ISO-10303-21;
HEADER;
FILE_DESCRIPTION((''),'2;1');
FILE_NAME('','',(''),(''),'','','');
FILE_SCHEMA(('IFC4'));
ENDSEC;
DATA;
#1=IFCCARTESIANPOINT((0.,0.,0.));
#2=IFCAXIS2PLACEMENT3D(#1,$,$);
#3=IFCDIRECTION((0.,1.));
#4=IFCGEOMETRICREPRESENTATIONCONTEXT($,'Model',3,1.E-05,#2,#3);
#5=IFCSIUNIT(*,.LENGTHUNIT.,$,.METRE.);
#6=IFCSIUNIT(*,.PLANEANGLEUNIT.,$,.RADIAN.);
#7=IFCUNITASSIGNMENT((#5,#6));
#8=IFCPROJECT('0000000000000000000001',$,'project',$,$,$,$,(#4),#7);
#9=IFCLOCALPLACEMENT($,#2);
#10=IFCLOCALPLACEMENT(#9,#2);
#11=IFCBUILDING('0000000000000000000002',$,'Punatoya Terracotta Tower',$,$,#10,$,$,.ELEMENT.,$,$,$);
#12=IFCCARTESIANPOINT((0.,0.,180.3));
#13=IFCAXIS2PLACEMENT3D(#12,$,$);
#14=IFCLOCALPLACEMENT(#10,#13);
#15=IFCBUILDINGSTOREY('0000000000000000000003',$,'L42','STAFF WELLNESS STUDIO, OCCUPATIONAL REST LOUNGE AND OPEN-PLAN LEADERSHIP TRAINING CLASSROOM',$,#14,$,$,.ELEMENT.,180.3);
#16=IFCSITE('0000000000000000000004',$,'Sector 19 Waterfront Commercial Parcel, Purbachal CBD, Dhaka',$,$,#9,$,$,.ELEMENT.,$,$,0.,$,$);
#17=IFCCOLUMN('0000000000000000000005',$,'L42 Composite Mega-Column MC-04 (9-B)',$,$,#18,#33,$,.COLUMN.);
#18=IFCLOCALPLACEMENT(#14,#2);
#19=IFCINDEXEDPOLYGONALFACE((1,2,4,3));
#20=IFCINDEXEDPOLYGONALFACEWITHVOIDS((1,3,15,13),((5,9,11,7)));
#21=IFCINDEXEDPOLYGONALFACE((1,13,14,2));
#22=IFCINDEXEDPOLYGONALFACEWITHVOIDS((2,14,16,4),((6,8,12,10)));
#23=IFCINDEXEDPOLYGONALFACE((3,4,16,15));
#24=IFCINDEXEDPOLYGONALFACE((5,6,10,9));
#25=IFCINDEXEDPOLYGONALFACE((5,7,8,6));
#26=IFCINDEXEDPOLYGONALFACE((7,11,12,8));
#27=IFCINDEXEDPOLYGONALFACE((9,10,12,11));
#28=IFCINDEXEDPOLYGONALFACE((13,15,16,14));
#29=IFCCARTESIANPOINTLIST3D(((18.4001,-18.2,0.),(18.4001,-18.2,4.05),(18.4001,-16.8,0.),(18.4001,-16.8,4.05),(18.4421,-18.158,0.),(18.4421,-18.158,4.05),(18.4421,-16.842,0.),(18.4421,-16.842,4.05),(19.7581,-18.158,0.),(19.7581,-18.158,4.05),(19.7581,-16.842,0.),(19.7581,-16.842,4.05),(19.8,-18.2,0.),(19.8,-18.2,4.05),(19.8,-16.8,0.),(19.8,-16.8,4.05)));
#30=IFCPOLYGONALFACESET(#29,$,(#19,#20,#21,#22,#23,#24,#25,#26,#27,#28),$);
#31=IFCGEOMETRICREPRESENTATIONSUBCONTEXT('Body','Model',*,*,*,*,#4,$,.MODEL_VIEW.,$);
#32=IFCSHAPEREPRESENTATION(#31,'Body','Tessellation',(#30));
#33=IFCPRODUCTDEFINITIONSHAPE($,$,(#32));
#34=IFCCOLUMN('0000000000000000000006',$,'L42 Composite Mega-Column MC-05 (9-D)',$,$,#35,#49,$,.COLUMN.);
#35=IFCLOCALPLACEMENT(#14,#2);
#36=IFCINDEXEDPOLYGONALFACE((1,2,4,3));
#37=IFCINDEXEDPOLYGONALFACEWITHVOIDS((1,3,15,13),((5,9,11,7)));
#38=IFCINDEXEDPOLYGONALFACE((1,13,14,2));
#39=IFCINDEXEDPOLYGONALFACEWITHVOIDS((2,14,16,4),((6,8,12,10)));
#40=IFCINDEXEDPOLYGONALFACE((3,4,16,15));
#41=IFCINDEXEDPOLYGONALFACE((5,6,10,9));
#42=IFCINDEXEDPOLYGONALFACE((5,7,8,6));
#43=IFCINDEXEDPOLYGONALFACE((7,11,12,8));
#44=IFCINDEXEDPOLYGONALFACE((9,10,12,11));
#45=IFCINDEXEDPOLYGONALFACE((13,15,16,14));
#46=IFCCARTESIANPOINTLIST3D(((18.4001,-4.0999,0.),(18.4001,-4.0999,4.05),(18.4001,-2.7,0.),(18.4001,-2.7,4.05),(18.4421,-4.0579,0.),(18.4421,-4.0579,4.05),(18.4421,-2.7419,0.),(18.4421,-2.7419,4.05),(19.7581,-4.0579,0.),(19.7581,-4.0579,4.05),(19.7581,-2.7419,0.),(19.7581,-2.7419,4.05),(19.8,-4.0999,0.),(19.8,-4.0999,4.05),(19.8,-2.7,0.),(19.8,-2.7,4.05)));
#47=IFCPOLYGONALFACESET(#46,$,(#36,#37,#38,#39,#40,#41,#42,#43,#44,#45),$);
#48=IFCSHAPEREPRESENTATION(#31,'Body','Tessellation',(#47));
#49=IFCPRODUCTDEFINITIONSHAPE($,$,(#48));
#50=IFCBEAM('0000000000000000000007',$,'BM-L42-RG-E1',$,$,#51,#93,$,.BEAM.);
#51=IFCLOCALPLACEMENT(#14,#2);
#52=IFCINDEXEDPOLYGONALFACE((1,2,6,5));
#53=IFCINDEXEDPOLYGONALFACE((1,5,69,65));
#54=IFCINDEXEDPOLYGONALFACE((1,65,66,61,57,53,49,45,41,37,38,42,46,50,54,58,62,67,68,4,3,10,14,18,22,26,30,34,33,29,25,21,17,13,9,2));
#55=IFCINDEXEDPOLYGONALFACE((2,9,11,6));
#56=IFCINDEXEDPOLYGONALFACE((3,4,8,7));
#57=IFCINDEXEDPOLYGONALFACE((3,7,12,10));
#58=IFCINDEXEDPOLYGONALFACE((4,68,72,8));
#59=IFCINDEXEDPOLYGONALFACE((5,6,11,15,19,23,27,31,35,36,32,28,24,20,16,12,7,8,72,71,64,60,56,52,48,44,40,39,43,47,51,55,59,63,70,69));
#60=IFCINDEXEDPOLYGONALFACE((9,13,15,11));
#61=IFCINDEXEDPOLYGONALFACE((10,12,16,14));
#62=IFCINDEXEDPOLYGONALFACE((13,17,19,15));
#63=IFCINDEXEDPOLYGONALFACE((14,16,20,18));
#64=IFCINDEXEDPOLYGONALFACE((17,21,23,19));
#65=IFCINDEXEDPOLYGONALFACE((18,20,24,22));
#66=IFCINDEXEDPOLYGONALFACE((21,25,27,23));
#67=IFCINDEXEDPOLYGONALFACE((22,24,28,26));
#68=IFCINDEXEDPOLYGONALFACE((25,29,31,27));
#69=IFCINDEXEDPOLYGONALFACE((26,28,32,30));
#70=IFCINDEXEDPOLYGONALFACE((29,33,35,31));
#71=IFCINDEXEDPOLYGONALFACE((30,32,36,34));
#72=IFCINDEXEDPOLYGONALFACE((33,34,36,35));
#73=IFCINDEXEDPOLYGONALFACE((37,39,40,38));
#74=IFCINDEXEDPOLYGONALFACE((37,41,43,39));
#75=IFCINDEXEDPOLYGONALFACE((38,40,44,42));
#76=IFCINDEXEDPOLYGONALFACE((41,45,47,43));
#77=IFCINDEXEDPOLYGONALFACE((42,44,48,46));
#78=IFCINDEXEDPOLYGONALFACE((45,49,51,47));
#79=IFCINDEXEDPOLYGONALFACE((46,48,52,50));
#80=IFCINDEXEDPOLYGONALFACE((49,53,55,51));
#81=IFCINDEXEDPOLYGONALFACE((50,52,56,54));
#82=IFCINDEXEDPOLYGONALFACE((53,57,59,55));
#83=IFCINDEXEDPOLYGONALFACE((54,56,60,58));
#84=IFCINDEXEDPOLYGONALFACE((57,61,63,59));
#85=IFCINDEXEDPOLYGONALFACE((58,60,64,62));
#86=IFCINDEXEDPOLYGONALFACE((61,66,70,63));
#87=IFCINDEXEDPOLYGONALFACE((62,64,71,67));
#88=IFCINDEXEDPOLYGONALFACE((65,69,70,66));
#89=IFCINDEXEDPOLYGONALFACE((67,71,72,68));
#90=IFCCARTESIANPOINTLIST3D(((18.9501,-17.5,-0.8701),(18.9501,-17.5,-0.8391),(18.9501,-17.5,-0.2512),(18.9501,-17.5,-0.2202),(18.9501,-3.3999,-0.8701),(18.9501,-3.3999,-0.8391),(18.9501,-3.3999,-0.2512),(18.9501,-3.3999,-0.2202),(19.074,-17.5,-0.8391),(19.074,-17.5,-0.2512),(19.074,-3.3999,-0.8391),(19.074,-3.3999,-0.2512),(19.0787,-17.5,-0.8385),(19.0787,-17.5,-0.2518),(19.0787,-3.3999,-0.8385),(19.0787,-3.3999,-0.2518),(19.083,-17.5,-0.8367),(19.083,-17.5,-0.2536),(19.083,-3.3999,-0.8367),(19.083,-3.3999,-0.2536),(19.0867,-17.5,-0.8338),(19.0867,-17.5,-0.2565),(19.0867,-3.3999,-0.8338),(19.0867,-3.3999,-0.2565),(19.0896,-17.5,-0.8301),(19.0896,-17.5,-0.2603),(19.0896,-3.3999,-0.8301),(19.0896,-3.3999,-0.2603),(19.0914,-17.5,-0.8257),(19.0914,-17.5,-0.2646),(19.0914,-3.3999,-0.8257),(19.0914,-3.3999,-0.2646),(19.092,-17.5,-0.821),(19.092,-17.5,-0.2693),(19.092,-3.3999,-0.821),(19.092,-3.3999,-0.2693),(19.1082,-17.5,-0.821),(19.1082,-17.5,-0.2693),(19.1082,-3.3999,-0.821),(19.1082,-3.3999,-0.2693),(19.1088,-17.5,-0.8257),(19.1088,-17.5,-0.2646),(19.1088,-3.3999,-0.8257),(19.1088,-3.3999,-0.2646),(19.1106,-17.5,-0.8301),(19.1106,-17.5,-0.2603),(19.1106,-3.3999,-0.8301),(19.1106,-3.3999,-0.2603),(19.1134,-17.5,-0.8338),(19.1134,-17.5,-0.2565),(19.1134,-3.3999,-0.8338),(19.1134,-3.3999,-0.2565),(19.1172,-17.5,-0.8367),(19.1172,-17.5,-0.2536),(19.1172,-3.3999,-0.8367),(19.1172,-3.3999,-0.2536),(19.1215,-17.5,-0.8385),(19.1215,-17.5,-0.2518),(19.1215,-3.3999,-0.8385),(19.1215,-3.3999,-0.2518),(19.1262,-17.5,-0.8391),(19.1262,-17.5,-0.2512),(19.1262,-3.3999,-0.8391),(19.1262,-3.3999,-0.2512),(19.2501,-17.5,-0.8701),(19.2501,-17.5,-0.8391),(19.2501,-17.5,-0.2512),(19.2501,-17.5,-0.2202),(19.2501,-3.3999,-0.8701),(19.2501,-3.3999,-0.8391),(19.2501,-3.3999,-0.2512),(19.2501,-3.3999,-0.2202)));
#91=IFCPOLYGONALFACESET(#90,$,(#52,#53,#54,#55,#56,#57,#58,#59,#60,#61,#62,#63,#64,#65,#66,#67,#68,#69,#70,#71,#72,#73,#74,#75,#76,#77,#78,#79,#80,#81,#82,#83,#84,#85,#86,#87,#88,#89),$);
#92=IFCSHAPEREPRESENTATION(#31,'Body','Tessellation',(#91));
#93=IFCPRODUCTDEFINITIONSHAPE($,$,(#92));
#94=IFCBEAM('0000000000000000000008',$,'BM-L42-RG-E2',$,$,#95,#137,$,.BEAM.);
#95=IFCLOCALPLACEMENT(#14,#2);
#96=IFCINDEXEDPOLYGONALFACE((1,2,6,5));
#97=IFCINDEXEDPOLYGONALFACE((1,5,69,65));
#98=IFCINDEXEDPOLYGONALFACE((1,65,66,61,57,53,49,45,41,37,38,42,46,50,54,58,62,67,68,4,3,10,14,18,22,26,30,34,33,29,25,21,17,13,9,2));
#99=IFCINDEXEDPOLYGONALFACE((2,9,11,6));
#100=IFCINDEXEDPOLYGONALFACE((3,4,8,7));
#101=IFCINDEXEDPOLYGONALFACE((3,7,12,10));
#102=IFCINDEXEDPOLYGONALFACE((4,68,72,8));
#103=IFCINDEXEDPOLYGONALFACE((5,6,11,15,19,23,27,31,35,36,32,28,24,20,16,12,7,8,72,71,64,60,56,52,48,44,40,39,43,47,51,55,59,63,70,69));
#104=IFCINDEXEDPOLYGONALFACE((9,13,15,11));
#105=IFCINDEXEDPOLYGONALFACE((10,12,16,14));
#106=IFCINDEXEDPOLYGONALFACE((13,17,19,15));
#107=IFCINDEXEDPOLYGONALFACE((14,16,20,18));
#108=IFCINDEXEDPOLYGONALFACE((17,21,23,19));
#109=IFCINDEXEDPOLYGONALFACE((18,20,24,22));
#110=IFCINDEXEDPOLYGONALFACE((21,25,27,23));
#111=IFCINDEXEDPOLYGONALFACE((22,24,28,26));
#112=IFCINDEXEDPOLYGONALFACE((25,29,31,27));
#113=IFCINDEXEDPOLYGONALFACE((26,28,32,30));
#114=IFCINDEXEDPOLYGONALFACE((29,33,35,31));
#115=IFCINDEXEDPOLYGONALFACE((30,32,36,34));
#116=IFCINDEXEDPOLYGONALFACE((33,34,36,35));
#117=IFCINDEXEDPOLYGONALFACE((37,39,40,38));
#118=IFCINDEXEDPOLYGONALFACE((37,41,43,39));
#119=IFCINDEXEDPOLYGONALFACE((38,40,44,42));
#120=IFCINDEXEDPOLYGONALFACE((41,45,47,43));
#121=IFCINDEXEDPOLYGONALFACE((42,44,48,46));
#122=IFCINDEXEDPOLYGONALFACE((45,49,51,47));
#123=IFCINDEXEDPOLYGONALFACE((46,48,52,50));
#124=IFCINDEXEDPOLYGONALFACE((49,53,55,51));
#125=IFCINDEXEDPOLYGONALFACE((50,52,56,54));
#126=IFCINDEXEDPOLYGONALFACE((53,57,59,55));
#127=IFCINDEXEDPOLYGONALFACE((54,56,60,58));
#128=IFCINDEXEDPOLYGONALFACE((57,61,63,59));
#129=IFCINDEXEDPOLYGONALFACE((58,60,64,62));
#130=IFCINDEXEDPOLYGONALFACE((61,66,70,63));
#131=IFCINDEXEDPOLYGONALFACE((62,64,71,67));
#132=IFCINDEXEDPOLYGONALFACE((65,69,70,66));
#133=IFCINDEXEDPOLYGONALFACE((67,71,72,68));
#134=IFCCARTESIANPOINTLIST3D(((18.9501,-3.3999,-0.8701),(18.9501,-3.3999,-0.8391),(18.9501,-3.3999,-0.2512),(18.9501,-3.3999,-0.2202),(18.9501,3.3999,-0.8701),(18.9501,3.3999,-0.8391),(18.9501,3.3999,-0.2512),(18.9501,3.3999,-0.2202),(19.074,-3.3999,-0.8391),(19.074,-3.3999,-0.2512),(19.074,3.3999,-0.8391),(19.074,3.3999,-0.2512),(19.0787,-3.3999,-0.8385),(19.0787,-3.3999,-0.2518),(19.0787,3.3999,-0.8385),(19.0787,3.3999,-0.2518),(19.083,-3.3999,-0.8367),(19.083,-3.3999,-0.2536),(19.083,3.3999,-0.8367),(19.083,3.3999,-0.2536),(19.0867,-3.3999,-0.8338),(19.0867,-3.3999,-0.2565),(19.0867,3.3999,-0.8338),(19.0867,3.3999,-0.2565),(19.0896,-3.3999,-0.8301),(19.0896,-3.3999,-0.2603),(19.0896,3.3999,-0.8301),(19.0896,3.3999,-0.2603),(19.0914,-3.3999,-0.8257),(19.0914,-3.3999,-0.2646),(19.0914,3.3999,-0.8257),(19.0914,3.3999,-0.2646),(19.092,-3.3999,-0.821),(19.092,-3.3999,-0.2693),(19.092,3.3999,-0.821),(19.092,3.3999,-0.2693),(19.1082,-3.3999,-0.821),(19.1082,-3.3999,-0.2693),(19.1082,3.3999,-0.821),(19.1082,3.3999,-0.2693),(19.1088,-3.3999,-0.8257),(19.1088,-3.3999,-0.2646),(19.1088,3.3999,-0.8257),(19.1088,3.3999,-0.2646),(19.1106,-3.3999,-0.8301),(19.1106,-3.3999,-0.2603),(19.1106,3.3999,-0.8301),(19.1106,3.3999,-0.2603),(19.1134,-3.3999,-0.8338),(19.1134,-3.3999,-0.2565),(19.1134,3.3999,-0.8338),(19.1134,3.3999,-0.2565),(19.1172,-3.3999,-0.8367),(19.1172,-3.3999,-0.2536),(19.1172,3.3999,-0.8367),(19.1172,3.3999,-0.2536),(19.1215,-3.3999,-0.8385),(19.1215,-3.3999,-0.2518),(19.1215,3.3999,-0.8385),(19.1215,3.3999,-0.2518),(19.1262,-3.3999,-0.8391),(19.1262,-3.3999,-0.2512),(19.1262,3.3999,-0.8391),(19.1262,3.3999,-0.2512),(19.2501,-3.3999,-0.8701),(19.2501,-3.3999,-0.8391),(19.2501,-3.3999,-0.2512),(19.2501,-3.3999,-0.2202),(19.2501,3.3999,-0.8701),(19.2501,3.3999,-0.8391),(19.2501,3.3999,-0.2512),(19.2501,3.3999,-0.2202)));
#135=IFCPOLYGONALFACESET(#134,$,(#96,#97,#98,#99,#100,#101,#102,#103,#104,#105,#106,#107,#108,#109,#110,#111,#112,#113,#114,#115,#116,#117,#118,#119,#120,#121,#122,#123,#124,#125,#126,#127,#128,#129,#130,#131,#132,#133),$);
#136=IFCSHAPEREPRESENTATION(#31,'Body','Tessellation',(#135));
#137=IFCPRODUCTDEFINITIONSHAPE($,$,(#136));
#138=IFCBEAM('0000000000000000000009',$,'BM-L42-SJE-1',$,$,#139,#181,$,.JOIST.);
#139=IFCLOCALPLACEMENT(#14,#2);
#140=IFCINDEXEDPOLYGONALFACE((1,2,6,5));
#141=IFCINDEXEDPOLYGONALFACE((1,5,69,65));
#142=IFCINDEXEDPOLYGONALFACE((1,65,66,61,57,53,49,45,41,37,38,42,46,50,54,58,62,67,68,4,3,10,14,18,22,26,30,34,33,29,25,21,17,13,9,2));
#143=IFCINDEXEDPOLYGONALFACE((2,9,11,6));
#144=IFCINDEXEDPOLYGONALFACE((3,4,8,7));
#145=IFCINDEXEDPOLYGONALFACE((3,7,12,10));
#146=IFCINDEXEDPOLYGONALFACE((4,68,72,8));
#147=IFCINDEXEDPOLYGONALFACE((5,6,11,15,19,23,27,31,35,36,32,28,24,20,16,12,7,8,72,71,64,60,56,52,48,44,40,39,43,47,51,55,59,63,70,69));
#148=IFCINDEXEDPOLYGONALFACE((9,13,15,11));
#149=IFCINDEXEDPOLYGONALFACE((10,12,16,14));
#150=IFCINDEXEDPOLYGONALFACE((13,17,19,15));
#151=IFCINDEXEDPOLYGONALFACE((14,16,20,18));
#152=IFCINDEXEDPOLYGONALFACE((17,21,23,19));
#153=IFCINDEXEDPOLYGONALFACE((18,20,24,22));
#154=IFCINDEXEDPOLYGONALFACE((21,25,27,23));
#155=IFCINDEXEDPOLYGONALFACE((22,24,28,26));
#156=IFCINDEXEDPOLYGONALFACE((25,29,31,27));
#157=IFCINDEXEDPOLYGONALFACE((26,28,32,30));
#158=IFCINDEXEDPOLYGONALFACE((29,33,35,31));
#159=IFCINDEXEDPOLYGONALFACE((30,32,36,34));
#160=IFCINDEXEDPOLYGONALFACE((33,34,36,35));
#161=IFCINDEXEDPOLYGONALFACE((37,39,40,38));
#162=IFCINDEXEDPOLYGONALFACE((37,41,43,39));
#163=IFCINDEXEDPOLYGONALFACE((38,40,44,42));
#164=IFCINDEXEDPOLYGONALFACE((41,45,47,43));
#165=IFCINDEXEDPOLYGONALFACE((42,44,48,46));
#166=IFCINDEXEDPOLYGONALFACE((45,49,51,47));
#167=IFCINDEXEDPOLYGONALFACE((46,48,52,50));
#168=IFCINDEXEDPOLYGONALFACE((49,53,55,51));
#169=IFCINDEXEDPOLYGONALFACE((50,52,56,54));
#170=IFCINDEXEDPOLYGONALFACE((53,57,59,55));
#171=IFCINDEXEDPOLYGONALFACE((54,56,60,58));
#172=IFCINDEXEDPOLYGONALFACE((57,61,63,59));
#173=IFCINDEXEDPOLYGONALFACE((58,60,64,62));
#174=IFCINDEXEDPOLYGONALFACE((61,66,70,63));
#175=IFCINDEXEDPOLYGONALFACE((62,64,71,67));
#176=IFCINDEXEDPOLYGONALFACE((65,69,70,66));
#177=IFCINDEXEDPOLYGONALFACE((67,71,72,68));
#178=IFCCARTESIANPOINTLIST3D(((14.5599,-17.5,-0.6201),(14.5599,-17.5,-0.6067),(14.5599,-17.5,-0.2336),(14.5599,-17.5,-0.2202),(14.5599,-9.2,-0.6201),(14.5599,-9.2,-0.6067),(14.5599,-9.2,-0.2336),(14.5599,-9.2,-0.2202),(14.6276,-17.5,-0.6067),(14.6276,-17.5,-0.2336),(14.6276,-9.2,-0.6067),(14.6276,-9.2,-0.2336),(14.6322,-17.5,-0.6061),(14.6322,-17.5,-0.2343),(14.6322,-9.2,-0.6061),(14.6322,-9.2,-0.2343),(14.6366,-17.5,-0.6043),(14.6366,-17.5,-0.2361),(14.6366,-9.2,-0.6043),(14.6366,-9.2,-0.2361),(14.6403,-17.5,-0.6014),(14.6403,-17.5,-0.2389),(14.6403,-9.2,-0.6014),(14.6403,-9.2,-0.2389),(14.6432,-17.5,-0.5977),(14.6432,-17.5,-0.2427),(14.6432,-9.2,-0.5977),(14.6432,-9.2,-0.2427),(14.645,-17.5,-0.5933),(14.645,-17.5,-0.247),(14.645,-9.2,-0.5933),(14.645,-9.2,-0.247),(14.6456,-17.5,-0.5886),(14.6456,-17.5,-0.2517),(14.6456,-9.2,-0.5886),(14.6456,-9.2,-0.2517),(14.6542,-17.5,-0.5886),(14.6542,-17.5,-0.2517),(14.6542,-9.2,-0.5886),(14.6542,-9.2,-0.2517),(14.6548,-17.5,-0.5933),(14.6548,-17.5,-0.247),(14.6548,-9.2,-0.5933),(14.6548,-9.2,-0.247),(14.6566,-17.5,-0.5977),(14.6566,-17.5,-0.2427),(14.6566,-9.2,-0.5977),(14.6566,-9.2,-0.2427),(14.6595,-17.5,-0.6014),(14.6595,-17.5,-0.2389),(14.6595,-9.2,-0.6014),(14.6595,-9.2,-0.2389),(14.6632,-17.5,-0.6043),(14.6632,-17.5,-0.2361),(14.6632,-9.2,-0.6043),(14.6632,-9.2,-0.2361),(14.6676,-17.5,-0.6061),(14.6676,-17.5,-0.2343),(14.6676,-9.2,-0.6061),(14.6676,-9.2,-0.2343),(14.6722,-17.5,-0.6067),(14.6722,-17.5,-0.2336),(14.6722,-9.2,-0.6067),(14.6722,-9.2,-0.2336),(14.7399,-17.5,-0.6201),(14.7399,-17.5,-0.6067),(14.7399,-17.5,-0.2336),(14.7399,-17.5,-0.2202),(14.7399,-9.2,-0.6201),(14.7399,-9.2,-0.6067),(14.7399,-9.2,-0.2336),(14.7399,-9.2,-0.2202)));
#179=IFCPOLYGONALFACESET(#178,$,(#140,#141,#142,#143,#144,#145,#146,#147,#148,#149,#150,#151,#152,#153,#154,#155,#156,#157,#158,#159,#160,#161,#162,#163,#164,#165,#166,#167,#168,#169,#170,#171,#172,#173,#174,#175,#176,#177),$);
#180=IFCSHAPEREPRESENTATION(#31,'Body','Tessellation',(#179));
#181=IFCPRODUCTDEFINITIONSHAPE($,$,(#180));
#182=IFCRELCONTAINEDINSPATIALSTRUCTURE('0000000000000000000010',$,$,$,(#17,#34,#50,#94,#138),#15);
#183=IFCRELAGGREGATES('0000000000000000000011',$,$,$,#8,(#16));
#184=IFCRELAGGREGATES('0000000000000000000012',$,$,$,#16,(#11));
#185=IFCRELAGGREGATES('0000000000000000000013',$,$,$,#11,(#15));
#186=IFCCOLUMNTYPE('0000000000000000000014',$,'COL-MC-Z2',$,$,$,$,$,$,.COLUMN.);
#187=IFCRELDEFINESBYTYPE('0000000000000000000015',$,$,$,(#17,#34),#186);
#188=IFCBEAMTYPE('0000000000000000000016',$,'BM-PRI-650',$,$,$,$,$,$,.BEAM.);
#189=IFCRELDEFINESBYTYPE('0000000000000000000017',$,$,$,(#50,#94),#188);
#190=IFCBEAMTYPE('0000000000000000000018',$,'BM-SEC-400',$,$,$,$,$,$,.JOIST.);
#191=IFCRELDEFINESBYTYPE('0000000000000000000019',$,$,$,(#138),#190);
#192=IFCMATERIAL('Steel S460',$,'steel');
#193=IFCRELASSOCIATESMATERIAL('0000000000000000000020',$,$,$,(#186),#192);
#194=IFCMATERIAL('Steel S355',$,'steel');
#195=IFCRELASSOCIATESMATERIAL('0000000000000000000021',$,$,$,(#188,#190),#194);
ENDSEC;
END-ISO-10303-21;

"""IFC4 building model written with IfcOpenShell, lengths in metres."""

from ifc_helpers import new_model, si_unit, direction, frame, origin, origin_2d, place, context, subcontext, project, spatial, hollow_rectangle, i_section, extrude, material, material_profile, profile_set, type_object, element, save


model = new_model("IFC4")

# Units and contexts
model_context = context("Model", 3, precision=1e-05, world=origin(), true_north=direction((0.0, 1.0)))
body_context = subcontext(model_context, "Body", "Model", "MODEL_VIEW")
ifc_project = project(units=[si_unit("LENGTHUNIT", "METRE"), si_unit("PLANEANGLEUNIT", "RADIAN")], contexts=[model_context])

# Site, building, storey
site_placement = place(None, origin())
site = spatial("IfcSite", under=ifc_project, at=site_placement, Name="Sector 19 Waterfront Commercial Parcel, Purbachal CBD, Dhaka", CompositionType="ELEMENT", RefElevation=0.0)
building_placement = place(site_placement, origin())
building = spatial("IfcBuilding", under=site, at=building_placement, Name="Punatoya Terracotta Tower", CompositionType="ELEMENT")
storey_placement = place(building_placement, frame((0.0, 0.0, 180.3)))
storey = spatial("IfcBuildingStorey", under=building, at=storey_placement, Name="L42", Description="STAFF WELLNESS STUDIO, OCCUPATIONAL REST LOUNGE AND OPEN-PLAN LEADERSHIP TRAINING CLASSROOM", CompositionType="ELEMENT", Elevation=180.3)

# Columns
ifc_material_1 = material(Name="Steel S460", Category="steel")
ifc_material_profile_1 = material_profile(ifc_material_1, hollow_rectangle(XDim=1.3999, YDim=1.3999, WallThickness=0.042, at=origin_2d()))
ifc_profile_set_1 = profile_set([ifc_material_profile_1], Name="Steel S460")
column_type = type_object("IfcColumnType", Name="COL-MC-Z2", PredefinedType="COLUMN", material=ifc_profile_set_1)
for number, where, z_axis, x_axis, name in (
    (1, (19.1001, -17.5, 0.0), (0.0, 0.0, 1.0), (1.0, 0.0, 0.0), "L42 Composite Mega-Column MC-04 (9-B)"),
    (2, (19.1001, -3.3999, 0.0), (0.0, 0.0, 1.0), (1.0, 0.0, 0.0), "L42 Composite Mega-Column MC-05 (9-D)"),
):
    element("IfcColumn", number, at=place(storey_placement, frame(where, z_axis=z_axis, x_axis=x_axis)), inside=storey, type_object=column_type, Name=name, PredefinedType="COLUMN", context=body_context, shape_type="SweptSolid", body=[
        extrude(hollow_rectangle(XDim=1.3999, YDim=1.3999, WallThickness=0.042, at=origin_2d()), origin(), (0.0, 0.0, 1.0), 4.05),
    ])

# Beams
ifc_material_2 = material(Name="Steel S355", Category="steel")
ifc_material_profile_2 = material_profile(ifc_material_2, i_section(OverallWidth=0.3, OverallDepth=0.6499, WebThickness=0.0161, FlangeThickness=0.031, FilletRadius=0.0181, at=origin_2d()))
ifc_profile_set_2 = profile_set([ifc_material_profile_2], Name="Steel S355")
beam_type_1 = type_object("IfcBeamType", Name="BM-PRI-650", PredefinedType="BEAM", material=ifc_profile_set_2)
beam_1_placement = place(storey_placement, frame((19.1001, -17.5, -0.5452), z_axis=(0.0, 1.0, 0.0), x_axis=(-1.0, 0.0, 0.0)))
element("IfcBeam", 3, at=beam_1_placement, inside=storey, type_object=beam_type_1, Name="BM-L42-RG-E1", PredefinedType="BEAM", context=body_context, shape_type="SweptSolid", body=[
    extrude(i_section(OverallWidth=0.3, OverallDepth=0.6499, WebThickness=0.0161, FlangeThickness=0.031, FilletRadius=0.0181, at=origin_2d()), origin(), (0.0, 0.0, 1.0), 14.1001),
])
beam_2_placement = place(storey_placement, frame((19.1001, -3.3999, -0.5452), z_axis=(0.0, 1.0, 0.0), x_axis=(-1.0, 0.0, 0.0)))
element("IfcBeam", 4, at=beam_2_placement, inside=storey, type_object=beam_type_1, Name="BM-L42-RG-E2", PredefinedType="BEAM", context=body_context, shape_type="SweptSolid", body=[
    extrude(i_section(OverallWidth=0.3, OverallDepth=0.6499, WebThickness=0.0161, FlangeThickness=0.031, FilletRadius=0.0181, at=origin_2d()), origin(), (0.0, 0.0, 1.0), 6.7998),
])
ifc_material_profile_3 = material_profile(ifc_material_2, i_section(OverallWidth=0.1799, OverallDepth=0.3999, WebThickness=0.0085, FlangeThickness=0.0134, FilletRadius=0.0181, at=origin_2d()))
ifc_profile_set_3 = profile_set([ifc_material_profile_3], Name="Steel S355")
beam_type_2 = type_object("IfcBeamType", Name="BM-SEC-400", PredefinedType="JOIST", material=ifc_profile_set_3)
beam_3_placement = place(storey_placement, frame((14.6499, -17.5, -0.4202), z_axis=(0.0, 1.0, 0.0), x_axis=(-1.0, 0.0, 0.0)))
element("IfcBeam", 5, at=beam_3_placement, inside=storey, type_object=beam_type_2, Name="BM-L42-SJE-1", PredefinedType="JOIST", context=body_context, shape_type="SweptSolid", body=[
    extrude(i_section(OverallWidth=0.1799, OverallDepth=0.3999, WebThickness=0.0085, FlangeThickness=0.0134, FilletRadius=0.0181, at=origin_2d()), origin(), (0.0, 0.0, 1.0), 8.3),
])

save(model, "model.ifc")
